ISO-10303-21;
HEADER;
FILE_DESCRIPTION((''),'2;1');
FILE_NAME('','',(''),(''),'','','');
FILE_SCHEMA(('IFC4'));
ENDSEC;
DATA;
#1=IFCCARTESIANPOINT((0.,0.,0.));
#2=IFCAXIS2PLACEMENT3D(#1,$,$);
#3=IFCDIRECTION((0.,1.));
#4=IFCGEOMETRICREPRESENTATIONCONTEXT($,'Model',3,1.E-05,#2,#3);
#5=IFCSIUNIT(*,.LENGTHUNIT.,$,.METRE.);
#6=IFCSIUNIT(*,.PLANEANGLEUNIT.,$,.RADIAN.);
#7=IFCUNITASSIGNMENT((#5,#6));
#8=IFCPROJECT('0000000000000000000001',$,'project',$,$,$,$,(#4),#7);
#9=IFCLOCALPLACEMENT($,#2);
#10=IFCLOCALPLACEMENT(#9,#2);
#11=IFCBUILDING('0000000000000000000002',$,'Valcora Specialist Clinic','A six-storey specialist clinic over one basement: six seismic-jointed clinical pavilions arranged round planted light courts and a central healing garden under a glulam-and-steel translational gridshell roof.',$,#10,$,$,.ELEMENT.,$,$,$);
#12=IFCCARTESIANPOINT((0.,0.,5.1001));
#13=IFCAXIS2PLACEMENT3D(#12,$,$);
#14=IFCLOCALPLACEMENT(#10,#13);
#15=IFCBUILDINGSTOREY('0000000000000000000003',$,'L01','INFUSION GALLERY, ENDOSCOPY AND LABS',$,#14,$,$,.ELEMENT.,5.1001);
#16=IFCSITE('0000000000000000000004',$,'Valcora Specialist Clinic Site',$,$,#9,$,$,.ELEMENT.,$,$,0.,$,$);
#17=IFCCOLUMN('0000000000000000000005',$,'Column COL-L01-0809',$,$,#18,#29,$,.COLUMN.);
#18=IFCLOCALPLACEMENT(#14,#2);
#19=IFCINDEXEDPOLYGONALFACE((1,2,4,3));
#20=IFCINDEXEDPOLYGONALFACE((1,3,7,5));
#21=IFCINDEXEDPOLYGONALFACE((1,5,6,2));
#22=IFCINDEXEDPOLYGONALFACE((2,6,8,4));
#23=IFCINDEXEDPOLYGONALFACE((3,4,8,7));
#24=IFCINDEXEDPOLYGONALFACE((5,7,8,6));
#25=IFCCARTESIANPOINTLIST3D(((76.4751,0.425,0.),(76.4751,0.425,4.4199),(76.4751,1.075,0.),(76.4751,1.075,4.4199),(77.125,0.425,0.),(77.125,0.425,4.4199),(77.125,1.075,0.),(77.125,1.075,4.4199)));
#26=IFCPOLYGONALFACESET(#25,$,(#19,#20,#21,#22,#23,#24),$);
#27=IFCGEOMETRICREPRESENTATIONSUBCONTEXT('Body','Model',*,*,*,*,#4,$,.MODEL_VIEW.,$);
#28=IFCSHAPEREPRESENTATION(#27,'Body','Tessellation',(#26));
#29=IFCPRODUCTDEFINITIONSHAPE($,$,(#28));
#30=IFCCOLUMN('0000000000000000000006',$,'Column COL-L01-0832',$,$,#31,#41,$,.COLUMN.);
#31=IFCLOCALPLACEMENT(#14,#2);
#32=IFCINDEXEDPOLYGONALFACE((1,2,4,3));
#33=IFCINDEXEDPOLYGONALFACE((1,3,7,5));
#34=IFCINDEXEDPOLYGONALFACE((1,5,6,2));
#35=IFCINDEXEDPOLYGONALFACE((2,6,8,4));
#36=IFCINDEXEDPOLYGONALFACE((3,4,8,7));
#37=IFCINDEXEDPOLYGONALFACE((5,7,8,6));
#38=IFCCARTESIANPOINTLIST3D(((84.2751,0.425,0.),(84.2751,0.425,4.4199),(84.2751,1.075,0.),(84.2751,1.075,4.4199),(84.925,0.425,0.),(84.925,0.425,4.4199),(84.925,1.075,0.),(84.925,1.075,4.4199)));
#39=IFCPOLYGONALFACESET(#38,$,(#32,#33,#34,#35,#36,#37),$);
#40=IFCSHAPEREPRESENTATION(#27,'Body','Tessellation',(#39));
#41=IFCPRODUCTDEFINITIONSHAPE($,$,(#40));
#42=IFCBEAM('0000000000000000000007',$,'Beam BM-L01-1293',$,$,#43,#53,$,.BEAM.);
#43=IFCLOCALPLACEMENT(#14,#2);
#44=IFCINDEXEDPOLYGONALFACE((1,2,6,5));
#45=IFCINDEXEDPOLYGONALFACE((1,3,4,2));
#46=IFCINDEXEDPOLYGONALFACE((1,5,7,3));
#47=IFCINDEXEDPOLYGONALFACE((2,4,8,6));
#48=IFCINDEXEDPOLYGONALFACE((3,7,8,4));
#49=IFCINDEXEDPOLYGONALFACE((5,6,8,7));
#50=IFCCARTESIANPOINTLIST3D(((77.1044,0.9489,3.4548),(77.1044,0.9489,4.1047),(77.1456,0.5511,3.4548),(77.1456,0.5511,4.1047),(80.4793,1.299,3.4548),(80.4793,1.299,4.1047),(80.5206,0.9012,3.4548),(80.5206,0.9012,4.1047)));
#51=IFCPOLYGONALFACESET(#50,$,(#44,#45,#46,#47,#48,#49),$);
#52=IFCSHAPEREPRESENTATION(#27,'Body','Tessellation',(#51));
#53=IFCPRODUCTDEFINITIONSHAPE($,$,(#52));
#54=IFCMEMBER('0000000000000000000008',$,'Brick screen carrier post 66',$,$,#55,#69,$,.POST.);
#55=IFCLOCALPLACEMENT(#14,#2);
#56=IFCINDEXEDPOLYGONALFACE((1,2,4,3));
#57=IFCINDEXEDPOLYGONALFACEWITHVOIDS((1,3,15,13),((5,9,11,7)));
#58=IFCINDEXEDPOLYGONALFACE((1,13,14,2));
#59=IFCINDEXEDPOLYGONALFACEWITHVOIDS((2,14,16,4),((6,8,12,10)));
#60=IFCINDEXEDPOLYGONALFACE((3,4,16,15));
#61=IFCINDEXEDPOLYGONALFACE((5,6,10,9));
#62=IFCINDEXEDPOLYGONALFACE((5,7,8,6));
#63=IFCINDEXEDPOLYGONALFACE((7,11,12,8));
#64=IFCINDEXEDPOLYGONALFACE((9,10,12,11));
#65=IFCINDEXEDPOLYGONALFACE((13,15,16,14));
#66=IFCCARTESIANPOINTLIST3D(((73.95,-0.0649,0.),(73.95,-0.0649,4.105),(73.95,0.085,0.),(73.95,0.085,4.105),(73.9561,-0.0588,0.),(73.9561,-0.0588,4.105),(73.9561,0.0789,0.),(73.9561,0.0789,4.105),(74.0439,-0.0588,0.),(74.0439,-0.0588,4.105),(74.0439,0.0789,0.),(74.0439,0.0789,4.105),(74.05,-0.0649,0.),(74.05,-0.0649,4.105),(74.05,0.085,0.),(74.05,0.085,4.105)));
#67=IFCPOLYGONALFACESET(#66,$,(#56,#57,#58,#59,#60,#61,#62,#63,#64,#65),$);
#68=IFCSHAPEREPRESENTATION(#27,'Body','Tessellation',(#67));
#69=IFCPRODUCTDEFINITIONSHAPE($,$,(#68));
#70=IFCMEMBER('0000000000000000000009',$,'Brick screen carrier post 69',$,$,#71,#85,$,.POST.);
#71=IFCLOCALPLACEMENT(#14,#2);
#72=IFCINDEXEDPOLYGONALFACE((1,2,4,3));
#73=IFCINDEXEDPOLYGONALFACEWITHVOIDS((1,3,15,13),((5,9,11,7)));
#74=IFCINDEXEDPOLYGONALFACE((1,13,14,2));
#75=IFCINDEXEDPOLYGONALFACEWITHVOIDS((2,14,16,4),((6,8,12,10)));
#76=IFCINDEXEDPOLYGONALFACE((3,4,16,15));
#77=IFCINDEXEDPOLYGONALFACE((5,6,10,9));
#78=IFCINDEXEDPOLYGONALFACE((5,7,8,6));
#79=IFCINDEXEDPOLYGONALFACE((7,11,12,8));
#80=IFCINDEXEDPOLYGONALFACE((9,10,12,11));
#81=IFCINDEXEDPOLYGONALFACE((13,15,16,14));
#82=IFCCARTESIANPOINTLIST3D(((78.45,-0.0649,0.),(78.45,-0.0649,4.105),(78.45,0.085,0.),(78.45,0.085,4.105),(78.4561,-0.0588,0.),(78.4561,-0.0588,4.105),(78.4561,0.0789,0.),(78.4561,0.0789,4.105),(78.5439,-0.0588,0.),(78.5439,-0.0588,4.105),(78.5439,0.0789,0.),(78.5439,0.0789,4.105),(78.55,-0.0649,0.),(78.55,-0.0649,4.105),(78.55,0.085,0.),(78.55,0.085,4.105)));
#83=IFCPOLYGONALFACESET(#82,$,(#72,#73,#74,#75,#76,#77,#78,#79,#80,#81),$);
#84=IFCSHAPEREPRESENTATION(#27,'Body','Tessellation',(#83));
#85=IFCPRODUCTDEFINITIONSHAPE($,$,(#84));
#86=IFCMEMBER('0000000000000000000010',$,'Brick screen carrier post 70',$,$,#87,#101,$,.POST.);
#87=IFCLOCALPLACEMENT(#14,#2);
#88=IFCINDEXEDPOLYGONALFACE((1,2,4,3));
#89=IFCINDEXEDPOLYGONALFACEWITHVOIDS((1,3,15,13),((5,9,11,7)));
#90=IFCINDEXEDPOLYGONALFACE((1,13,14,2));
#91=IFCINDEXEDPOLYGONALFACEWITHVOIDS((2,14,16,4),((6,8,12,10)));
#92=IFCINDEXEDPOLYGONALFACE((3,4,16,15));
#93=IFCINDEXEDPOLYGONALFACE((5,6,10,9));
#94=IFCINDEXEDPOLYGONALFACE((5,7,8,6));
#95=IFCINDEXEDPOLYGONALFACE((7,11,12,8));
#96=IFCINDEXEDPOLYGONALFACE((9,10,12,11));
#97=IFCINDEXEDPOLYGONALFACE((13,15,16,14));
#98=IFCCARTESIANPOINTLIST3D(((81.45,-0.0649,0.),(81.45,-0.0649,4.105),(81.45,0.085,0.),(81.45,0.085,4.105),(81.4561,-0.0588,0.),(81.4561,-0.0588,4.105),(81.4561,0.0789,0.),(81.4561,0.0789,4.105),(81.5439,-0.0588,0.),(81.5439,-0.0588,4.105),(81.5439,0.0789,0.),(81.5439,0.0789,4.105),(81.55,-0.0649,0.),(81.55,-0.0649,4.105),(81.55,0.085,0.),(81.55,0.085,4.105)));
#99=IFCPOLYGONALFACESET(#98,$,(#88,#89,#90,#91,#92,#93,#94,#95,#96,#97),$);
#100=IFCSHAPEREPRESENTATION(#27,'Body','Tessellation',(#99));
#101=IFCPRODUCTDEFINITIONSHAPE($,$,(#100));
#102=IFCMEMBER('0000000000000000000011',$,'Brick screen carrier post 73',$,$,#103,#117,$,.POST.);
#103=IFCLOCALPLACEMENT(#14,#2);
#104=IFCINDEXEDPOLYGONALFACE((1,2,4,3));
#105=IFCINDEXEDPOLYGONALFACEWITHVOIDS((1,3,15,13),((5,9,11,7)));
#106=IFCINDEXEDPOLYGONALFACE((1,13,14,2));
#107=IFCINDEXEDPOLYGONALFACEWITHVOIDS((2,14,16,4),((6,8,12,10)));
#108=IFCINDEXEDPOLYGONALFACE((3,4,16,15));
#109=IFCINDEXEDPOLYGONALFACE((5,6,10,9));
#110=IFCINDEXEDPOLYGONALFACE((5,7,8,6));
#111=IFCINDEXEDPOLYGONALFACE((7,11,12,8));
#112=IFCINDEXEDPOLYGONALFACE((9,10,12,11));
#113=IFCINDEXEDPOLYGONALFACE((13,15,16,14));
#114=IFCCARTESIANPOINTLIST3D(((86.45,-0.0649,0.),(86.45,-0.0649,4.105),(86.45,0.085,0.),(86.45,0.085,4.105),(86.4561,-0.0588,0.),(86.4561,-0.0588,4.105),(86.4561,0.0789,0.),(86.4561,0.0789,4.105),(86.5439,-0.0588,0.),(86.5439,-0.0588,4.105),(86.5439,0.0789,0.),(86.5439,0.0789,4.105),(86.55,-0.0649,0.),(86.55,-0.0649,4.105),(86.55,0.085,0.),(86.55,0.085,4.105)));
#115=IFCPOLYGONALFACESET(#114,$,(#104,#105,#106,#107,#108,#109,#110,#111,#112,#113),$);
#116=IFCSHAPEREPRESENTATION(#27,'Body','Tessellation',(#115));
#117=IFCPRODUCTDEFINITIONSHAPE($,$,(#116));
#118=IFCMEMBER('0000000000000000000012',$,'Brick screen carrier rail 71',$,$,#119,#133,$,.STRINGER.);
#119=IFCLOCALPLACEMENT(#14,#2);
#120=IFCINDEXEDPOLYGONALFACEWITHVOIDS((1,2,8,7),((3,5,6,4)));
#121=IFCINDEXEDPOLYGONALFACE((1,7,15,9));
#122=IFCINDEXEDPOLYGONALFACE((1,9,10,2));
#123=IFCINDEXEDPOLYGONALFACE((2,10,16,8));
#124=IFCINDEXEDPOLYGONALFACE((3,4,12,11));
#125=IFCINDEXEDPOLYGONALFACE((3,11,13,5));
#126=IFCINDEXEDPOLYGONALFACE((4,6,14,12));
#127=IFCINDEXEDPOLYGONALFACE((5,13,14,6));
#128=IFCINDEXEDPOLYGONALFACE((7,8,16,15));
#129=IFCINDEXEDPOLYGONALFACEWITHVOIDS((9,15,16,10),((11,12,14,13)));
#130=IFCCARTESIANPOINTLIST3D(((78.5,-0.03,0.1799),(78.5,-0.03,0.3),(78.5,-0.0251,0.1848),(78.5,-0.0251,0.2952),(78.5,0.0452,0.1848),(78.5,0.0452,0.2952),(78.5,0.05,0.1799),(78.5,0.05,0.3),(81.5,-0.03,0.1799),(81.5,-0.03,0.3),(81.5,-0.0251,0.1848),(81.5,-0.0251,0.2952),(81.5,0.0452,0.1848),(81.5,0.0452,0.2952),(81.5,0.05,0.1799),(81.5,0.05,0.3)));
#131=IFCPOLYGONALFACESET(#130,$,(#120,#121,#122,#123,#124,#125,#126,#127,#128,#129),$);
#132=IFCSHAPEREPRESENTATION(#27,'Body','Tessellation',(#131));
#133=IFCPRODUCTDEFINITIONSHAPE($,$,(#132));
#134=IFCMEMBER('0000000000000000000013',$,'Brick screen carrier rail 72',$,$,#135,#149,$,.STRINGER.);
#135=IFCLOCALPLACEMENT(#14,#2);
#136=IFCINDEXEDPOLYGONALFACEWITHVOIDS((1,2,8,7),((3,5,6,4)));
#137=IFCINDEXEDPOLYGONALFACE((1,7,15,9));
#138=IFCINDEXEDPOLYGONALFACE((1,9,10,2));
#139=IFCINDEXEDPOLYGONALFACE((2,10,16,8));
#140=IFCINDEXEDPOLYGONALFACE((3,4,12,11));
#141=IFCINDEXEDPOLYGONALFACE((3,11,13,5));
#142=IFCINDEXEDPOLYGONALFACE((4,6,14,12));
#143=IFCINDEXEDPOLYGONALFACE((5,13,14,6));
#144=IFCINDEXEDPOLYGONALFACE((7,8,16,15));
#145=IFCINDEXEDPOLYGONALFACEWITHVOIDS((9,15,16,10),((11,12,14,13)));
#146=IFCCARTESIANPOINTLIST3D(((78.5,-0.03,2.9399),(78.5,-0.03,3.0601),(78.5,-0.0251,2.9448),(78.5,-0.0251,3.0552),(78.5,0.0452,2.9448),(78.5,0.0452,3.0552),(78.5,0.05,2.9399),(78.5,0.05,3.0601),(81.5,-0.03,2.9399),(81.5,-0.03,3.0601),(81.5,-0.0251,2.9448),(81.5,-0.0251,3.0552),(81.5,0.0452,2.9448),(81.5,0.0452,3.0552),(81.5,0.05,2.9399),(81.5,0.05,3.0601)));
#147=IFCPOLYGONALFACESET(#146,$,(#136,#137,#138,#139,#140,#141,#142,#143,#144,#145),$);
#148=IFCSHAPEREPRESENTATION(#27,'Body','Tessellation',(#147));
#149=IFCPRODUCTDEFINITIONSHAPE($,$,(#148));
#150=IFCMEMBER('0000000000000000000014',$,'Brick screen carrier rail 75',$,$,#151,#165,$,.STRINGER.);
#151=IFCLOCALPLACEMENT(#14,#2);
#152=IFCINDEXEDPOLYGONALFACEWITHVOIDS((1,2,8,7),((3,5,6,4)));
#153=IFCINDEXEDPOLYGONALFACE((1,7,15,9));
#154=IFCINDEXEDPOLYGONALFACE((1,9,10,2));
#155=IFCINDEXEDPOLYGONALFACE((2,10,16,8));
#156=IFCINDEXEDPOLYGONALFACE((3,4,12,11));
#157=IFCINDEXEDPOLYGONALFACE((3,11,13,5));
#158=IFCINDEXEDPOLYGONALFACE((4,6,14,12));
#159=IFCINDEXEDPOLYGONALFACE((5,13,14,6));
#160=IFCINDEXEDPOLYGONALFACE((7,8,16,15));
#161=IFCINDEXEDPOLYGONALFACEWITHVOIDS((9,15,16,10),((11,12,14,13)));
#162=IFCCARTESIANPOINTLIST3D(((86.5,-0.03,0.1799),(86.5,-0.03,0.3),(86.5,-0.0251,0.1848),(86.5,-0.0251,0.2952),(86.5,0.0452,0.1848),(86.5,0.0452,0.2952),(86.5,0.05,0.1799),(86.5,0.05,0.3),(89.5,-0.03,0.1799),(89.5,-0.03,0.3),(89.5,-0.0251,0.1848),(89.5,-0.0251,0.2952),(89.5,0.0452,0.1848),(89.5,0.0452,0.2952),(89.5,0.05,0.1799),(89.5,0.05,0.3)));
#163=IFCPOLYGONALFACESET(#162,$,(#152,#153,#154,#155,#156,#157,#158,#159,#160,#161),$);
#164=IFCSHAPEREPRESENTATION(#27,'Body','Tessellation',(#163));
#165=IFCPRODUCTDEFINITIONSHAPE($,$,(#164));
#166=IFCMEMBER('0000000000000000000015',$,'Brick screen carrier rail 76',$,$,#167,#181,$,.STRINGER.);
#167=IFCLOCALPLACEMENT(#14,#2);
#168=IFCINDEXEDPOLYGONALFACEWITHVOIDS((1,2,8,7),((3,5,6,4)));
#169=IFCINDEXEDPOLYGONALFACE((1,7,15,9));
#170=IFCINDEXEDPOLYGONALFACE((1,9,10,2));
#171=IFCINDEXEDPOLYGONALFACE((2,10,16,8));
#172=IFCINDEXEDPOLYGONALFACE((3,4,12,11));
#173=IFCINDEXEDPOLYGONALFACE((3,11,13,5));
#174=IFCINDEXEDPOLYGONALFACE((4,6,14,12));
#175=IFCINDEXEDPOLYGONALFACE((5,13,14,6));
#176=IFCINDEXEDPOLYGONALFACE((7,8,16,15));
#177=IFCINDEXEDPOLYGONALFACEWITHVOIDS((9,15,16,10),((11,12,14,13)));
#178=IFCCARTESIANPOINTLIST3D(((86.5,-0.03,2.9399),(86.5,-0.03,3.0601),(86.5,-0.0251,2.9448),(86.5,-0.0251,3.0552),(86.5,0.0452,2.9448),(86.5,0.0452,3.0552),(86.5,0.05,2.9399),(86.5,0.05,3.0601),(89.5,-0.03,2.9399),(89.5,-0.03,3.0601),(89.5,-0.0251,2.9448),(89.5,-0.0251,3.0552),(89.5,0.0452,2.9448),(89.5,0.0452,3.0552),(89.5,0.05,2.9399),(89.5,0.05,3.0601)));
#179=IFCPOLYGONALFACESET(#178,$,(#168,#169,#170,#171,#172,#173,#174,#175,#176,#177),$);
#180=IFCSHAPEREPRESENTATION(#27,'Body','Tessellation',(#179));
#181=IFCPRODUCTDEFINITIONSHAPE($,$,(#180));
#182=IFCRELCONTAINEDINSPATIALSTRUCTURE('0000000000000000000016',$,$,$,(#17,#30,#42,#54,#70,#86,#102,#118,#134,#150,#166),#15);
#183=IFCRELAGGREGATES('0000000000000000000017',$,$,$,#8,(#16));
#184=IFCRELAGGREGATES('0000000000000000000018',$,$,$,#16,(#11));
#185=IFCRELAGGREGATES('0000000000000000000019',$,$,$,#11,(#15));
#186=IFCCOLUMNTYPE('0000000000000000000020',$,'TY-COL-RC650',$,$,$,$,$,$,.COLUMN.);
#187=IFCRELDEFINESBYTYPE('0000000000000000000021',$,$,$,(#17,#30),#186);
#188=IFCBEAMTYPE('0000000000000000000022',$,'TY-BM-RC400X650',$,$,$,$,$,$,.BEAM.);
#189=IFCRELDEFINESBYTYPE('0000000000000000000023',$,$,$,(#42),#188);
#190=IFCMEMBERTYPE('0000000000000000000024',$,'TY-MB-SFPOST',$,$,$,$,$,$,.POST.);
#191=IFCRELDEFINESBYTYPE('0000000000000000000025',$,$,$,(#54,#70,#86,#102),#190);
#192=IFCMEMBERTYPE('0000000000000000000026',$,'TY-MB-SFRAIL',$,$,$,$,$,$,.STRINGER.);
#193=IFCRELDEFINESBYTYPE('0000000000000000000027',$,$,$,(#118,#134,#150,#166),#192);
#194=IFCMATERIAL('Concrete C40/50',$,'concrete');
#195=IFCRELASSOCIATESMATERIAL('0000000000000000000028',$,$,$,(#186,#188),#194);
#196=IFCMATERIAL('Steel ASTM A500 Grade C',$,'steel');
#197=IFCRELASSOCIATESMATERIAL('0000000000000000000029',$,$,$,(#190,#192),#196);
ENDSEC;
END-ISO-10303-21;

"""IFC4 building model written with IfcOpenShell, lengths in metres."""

from ifc_helpers import new_model, si_unit, direction, frame, origin, origin_2d, place, context, subcontext, project, spatial, rectangle, hollow_rectangle, extrude, material, material_profile, profile_set, type_object, element, save


model = new_model("IFC4")

# Units and contexts
model_context = context("Model", 3, precision=1e-05, world=origin(), true_north=direction((0.0, 1.0)))
body_context = subcontext(model_context, "Body", "Model", "MODEL_VIEW")
ifc_project = project(units=[si_unit("LENGTHUNIT", "METRE"), si_unit("PLANEANGLEUNIT", "RADIAN")], contexts=[model_context])

# Site, building, storey
site_placement = place(None, origin())
site = spatial("IfcSite", under=ifc_project, at=site_placement, Name="Valcora Specialist Clinic Site", CompositionType="ELEMENT", RefElevation=0.0)
building_placement = place(site_placement, origin())
building = spatial("IfcBuilding", under=site, at=building_placement, Name="Valcora Specialist Clinic", Description="A six-storey specialist clinic over one basement: six seismic-jointed clinical pavilions arranged round planted light courts and a central healing garden under a glulam-and-steel translational gridshell roof.", CompositionType="ELEMENT")
storey_placement = place(building_placement, frame((0.0, 0.0, 5.1001)))
storey = spatial("IfcBuildingStorey", under=building, at=storey_placement, Name="L01", Description="INFUSION GALLERY, ENDOSCOPY AND LABS", CompositionType="ELEMENT", Elevation=5.1001)

# Columns
ifc_material_1 = material(Name="Concrete C40/50", Category="concrete")
ifc_material_profile_1 = material_profile(ifc_material_1, rectangle(XDim=0.6499, YDim=0.6499, at=origin_2d()), Name="RC-COL-650X650")
ifc_profile_set_1 = profile_set([ifc_material_profile_1], Name="Concrete C40/50")
column_type = type_object("IfcColumnType", Name="TY-COL-RC650", PredefinedType="COLUMN", material=ifc_profile_set_1)
for number, where, z_axis, x_axis, name in (
    (1, (76.8, 0.75, 0.0), (0.0, 0.0, 1.0), (1.0, 0.0, 0.0), "Column COL-L01-0809"),
    (2, (84.6001, 0.75, 0.0), (0.0, 0.0, 1.0), (1.0, 0.0, 0.0), "Column COL-L01-0832"),
):
    element("IfcColumn", number, at=place(storey_placement, frame(where, z_axis=z_axis, x_axis=x_axis)), inside=storey, type_object=column_type, Name=name, PredefinedType="COLUMN", context=body_context, shape_type="SweptSolid", body=[
        extrude(rectangle(XDim=0.6499, YDim=0.6499, at=origin_2d()), origin(), (0.0, 0.0, 1.0), 4.4199),
    ])

# Beam
ifc_material_profile_2 = material_profile(ifc_material_1, rectangle(XDim=0.3999, YDim=0.6499, at=origin_2d()), Name="RC-BM-400X650")
ifc_profile_set_2 = profile_set([ifc_material_profile_2], Name="Concrete C40/50")
beam_type = type_object("IfcBeamType", Name="TY-BM-RC400X650", PredefinedType="BEAM", material=ifc_profile_set_2)
beam_placement = place(storey_placement, frame((77.125, 0.75, 3.7798), z_axis=(0.994663, 0.103179, 0.0), x_axis=(-0.103179, 0.994663, 0.0)))
element("IfcBeam", 3, at=beam_placement, inside=storey, type_object=beam_type, Name="Beam BM-L01-1293", PredefinedType="BEAM", context=body_context, shape_type="SweptSolid", body=[
    extrude(rectangle(XDim=0.3999, YDim=0.6499, at=origin_2d()), origin(), (0.0, 0.0, 1.0), 3.3931),
])

# Members
ifc_material_2 = material(Name="Steel ASTM A500 Grade C", Category="steel")
ifc_material_profile_3 = material_profile(ifc_material_2, hollow_rectangle(XDim=0.1001, YDim=0.1499, WallThickness=0.0061, at=origin_2d()), Name="ST-RHS-150X100X6")
ifc_profile_set_3 = profile_set([ifc_material_profile_3], Name="Steel ASTM A500 Grade C")
member_type_1 = type_object("IfcMemberType", Name="TY-MB-SFPOST", PredefinedType="POST", material=ifc_profile_set_3)
for number, where, z_axis, x_axis, name in (
    (4, (74.0, 0.01, 0.0), (0.0, 0.0, 1.0), (1.0, 0.0, 0.0), "Brick screen carrier post 66"),
    (5, (78.5, 0.01, 0.0), (0.0, 0.0, 1.0), (1.0, 0.0, 0.0), "Brick screen carrier post 69"),
    (6, (81.5, 0.01, 0.0), (0.0, 0.0, 1.0), (1.0, 0.0, 0.0), "Brick screen carrier post 70"),
    (7, (86.5, 0.01, 0.0), (0.0, 0.0, 1.0), (1.0, 0.0, 0.0), "Brick screen carrier post 73"),
):
    element("IfcMember", number, at=place(storey_placement, frame(where, z_axis=z_axis, x_axis=x_axis)), inside=storey, type_object=member_type_1, Name=name, PredefinedType="POST", context=body_context, shape_type="SweptSolid", body=[
        extrude(hollow_rectangle(XDim=0.1001, YDim=0.1499, WallThickness=0.0061, at=origin_2d()), origin(), (0.0, 0.0, 1.0), 4.105),
    ])
ifc_material_profile_4 = material_profile(ifc_material_2, hollow_rectangle(XDim=0.0801, YDim=0.1201, WallThickness=0.0049, at=origin_2d()), Name="ST-RHS-120X80X5")
ifc_profile_set_4 = profile_set([ifc_material_profile_4], Name="Steel ASTM A500 Grade C")
member_type_2 = type_object("IfcMemberType", Name="TY-MB-SFRAIL", PredefinedType="STRINGER", material=ifc_profile_set_4)
for number, where, z_axis, x_axis, name in (
    (8, (78.5, 0.01, 0.24), (1.0, 0.0, 0.0), (0.0, 1.0, 0.0), "Brick screen carrier rail 71"),
    (9, (78.5, 0.01, 3.0), (1.0, 0.0, 0.0), (0.0, 1.0, 0.0), "Brick screen carrier rail 72"),
    (10, (86.5, 0.01, 0.24), (1.0, 0.0, 0.0), (0.0, 1.0, 0.0), "Brick screen carrier rail 75"),
    (11, (86.5, 0.01, 3.0), (1.0, 0.0, 0.0), (0.0, 1.0, 0.0), "Brick screen carrier rail 76"),
):
    element("IfcMember", number, at=place(storey_placement, frame(where, z_axis=z_axis, x_axis=x_axis)), inside=storey, type_object=member_type_2, Name=name, PredefinedType="STRINGER", context=body_context, shape_type="SweptSolid", body=[
        extrude(hollow_rectangle(XDim=0.0801, YDim=0.1201, WallThickness=0.0049, at=origin_2d()), origin(), (0.0, 0.0, 1.0), 3.0),
    ])

save(model, "model.ifc")
